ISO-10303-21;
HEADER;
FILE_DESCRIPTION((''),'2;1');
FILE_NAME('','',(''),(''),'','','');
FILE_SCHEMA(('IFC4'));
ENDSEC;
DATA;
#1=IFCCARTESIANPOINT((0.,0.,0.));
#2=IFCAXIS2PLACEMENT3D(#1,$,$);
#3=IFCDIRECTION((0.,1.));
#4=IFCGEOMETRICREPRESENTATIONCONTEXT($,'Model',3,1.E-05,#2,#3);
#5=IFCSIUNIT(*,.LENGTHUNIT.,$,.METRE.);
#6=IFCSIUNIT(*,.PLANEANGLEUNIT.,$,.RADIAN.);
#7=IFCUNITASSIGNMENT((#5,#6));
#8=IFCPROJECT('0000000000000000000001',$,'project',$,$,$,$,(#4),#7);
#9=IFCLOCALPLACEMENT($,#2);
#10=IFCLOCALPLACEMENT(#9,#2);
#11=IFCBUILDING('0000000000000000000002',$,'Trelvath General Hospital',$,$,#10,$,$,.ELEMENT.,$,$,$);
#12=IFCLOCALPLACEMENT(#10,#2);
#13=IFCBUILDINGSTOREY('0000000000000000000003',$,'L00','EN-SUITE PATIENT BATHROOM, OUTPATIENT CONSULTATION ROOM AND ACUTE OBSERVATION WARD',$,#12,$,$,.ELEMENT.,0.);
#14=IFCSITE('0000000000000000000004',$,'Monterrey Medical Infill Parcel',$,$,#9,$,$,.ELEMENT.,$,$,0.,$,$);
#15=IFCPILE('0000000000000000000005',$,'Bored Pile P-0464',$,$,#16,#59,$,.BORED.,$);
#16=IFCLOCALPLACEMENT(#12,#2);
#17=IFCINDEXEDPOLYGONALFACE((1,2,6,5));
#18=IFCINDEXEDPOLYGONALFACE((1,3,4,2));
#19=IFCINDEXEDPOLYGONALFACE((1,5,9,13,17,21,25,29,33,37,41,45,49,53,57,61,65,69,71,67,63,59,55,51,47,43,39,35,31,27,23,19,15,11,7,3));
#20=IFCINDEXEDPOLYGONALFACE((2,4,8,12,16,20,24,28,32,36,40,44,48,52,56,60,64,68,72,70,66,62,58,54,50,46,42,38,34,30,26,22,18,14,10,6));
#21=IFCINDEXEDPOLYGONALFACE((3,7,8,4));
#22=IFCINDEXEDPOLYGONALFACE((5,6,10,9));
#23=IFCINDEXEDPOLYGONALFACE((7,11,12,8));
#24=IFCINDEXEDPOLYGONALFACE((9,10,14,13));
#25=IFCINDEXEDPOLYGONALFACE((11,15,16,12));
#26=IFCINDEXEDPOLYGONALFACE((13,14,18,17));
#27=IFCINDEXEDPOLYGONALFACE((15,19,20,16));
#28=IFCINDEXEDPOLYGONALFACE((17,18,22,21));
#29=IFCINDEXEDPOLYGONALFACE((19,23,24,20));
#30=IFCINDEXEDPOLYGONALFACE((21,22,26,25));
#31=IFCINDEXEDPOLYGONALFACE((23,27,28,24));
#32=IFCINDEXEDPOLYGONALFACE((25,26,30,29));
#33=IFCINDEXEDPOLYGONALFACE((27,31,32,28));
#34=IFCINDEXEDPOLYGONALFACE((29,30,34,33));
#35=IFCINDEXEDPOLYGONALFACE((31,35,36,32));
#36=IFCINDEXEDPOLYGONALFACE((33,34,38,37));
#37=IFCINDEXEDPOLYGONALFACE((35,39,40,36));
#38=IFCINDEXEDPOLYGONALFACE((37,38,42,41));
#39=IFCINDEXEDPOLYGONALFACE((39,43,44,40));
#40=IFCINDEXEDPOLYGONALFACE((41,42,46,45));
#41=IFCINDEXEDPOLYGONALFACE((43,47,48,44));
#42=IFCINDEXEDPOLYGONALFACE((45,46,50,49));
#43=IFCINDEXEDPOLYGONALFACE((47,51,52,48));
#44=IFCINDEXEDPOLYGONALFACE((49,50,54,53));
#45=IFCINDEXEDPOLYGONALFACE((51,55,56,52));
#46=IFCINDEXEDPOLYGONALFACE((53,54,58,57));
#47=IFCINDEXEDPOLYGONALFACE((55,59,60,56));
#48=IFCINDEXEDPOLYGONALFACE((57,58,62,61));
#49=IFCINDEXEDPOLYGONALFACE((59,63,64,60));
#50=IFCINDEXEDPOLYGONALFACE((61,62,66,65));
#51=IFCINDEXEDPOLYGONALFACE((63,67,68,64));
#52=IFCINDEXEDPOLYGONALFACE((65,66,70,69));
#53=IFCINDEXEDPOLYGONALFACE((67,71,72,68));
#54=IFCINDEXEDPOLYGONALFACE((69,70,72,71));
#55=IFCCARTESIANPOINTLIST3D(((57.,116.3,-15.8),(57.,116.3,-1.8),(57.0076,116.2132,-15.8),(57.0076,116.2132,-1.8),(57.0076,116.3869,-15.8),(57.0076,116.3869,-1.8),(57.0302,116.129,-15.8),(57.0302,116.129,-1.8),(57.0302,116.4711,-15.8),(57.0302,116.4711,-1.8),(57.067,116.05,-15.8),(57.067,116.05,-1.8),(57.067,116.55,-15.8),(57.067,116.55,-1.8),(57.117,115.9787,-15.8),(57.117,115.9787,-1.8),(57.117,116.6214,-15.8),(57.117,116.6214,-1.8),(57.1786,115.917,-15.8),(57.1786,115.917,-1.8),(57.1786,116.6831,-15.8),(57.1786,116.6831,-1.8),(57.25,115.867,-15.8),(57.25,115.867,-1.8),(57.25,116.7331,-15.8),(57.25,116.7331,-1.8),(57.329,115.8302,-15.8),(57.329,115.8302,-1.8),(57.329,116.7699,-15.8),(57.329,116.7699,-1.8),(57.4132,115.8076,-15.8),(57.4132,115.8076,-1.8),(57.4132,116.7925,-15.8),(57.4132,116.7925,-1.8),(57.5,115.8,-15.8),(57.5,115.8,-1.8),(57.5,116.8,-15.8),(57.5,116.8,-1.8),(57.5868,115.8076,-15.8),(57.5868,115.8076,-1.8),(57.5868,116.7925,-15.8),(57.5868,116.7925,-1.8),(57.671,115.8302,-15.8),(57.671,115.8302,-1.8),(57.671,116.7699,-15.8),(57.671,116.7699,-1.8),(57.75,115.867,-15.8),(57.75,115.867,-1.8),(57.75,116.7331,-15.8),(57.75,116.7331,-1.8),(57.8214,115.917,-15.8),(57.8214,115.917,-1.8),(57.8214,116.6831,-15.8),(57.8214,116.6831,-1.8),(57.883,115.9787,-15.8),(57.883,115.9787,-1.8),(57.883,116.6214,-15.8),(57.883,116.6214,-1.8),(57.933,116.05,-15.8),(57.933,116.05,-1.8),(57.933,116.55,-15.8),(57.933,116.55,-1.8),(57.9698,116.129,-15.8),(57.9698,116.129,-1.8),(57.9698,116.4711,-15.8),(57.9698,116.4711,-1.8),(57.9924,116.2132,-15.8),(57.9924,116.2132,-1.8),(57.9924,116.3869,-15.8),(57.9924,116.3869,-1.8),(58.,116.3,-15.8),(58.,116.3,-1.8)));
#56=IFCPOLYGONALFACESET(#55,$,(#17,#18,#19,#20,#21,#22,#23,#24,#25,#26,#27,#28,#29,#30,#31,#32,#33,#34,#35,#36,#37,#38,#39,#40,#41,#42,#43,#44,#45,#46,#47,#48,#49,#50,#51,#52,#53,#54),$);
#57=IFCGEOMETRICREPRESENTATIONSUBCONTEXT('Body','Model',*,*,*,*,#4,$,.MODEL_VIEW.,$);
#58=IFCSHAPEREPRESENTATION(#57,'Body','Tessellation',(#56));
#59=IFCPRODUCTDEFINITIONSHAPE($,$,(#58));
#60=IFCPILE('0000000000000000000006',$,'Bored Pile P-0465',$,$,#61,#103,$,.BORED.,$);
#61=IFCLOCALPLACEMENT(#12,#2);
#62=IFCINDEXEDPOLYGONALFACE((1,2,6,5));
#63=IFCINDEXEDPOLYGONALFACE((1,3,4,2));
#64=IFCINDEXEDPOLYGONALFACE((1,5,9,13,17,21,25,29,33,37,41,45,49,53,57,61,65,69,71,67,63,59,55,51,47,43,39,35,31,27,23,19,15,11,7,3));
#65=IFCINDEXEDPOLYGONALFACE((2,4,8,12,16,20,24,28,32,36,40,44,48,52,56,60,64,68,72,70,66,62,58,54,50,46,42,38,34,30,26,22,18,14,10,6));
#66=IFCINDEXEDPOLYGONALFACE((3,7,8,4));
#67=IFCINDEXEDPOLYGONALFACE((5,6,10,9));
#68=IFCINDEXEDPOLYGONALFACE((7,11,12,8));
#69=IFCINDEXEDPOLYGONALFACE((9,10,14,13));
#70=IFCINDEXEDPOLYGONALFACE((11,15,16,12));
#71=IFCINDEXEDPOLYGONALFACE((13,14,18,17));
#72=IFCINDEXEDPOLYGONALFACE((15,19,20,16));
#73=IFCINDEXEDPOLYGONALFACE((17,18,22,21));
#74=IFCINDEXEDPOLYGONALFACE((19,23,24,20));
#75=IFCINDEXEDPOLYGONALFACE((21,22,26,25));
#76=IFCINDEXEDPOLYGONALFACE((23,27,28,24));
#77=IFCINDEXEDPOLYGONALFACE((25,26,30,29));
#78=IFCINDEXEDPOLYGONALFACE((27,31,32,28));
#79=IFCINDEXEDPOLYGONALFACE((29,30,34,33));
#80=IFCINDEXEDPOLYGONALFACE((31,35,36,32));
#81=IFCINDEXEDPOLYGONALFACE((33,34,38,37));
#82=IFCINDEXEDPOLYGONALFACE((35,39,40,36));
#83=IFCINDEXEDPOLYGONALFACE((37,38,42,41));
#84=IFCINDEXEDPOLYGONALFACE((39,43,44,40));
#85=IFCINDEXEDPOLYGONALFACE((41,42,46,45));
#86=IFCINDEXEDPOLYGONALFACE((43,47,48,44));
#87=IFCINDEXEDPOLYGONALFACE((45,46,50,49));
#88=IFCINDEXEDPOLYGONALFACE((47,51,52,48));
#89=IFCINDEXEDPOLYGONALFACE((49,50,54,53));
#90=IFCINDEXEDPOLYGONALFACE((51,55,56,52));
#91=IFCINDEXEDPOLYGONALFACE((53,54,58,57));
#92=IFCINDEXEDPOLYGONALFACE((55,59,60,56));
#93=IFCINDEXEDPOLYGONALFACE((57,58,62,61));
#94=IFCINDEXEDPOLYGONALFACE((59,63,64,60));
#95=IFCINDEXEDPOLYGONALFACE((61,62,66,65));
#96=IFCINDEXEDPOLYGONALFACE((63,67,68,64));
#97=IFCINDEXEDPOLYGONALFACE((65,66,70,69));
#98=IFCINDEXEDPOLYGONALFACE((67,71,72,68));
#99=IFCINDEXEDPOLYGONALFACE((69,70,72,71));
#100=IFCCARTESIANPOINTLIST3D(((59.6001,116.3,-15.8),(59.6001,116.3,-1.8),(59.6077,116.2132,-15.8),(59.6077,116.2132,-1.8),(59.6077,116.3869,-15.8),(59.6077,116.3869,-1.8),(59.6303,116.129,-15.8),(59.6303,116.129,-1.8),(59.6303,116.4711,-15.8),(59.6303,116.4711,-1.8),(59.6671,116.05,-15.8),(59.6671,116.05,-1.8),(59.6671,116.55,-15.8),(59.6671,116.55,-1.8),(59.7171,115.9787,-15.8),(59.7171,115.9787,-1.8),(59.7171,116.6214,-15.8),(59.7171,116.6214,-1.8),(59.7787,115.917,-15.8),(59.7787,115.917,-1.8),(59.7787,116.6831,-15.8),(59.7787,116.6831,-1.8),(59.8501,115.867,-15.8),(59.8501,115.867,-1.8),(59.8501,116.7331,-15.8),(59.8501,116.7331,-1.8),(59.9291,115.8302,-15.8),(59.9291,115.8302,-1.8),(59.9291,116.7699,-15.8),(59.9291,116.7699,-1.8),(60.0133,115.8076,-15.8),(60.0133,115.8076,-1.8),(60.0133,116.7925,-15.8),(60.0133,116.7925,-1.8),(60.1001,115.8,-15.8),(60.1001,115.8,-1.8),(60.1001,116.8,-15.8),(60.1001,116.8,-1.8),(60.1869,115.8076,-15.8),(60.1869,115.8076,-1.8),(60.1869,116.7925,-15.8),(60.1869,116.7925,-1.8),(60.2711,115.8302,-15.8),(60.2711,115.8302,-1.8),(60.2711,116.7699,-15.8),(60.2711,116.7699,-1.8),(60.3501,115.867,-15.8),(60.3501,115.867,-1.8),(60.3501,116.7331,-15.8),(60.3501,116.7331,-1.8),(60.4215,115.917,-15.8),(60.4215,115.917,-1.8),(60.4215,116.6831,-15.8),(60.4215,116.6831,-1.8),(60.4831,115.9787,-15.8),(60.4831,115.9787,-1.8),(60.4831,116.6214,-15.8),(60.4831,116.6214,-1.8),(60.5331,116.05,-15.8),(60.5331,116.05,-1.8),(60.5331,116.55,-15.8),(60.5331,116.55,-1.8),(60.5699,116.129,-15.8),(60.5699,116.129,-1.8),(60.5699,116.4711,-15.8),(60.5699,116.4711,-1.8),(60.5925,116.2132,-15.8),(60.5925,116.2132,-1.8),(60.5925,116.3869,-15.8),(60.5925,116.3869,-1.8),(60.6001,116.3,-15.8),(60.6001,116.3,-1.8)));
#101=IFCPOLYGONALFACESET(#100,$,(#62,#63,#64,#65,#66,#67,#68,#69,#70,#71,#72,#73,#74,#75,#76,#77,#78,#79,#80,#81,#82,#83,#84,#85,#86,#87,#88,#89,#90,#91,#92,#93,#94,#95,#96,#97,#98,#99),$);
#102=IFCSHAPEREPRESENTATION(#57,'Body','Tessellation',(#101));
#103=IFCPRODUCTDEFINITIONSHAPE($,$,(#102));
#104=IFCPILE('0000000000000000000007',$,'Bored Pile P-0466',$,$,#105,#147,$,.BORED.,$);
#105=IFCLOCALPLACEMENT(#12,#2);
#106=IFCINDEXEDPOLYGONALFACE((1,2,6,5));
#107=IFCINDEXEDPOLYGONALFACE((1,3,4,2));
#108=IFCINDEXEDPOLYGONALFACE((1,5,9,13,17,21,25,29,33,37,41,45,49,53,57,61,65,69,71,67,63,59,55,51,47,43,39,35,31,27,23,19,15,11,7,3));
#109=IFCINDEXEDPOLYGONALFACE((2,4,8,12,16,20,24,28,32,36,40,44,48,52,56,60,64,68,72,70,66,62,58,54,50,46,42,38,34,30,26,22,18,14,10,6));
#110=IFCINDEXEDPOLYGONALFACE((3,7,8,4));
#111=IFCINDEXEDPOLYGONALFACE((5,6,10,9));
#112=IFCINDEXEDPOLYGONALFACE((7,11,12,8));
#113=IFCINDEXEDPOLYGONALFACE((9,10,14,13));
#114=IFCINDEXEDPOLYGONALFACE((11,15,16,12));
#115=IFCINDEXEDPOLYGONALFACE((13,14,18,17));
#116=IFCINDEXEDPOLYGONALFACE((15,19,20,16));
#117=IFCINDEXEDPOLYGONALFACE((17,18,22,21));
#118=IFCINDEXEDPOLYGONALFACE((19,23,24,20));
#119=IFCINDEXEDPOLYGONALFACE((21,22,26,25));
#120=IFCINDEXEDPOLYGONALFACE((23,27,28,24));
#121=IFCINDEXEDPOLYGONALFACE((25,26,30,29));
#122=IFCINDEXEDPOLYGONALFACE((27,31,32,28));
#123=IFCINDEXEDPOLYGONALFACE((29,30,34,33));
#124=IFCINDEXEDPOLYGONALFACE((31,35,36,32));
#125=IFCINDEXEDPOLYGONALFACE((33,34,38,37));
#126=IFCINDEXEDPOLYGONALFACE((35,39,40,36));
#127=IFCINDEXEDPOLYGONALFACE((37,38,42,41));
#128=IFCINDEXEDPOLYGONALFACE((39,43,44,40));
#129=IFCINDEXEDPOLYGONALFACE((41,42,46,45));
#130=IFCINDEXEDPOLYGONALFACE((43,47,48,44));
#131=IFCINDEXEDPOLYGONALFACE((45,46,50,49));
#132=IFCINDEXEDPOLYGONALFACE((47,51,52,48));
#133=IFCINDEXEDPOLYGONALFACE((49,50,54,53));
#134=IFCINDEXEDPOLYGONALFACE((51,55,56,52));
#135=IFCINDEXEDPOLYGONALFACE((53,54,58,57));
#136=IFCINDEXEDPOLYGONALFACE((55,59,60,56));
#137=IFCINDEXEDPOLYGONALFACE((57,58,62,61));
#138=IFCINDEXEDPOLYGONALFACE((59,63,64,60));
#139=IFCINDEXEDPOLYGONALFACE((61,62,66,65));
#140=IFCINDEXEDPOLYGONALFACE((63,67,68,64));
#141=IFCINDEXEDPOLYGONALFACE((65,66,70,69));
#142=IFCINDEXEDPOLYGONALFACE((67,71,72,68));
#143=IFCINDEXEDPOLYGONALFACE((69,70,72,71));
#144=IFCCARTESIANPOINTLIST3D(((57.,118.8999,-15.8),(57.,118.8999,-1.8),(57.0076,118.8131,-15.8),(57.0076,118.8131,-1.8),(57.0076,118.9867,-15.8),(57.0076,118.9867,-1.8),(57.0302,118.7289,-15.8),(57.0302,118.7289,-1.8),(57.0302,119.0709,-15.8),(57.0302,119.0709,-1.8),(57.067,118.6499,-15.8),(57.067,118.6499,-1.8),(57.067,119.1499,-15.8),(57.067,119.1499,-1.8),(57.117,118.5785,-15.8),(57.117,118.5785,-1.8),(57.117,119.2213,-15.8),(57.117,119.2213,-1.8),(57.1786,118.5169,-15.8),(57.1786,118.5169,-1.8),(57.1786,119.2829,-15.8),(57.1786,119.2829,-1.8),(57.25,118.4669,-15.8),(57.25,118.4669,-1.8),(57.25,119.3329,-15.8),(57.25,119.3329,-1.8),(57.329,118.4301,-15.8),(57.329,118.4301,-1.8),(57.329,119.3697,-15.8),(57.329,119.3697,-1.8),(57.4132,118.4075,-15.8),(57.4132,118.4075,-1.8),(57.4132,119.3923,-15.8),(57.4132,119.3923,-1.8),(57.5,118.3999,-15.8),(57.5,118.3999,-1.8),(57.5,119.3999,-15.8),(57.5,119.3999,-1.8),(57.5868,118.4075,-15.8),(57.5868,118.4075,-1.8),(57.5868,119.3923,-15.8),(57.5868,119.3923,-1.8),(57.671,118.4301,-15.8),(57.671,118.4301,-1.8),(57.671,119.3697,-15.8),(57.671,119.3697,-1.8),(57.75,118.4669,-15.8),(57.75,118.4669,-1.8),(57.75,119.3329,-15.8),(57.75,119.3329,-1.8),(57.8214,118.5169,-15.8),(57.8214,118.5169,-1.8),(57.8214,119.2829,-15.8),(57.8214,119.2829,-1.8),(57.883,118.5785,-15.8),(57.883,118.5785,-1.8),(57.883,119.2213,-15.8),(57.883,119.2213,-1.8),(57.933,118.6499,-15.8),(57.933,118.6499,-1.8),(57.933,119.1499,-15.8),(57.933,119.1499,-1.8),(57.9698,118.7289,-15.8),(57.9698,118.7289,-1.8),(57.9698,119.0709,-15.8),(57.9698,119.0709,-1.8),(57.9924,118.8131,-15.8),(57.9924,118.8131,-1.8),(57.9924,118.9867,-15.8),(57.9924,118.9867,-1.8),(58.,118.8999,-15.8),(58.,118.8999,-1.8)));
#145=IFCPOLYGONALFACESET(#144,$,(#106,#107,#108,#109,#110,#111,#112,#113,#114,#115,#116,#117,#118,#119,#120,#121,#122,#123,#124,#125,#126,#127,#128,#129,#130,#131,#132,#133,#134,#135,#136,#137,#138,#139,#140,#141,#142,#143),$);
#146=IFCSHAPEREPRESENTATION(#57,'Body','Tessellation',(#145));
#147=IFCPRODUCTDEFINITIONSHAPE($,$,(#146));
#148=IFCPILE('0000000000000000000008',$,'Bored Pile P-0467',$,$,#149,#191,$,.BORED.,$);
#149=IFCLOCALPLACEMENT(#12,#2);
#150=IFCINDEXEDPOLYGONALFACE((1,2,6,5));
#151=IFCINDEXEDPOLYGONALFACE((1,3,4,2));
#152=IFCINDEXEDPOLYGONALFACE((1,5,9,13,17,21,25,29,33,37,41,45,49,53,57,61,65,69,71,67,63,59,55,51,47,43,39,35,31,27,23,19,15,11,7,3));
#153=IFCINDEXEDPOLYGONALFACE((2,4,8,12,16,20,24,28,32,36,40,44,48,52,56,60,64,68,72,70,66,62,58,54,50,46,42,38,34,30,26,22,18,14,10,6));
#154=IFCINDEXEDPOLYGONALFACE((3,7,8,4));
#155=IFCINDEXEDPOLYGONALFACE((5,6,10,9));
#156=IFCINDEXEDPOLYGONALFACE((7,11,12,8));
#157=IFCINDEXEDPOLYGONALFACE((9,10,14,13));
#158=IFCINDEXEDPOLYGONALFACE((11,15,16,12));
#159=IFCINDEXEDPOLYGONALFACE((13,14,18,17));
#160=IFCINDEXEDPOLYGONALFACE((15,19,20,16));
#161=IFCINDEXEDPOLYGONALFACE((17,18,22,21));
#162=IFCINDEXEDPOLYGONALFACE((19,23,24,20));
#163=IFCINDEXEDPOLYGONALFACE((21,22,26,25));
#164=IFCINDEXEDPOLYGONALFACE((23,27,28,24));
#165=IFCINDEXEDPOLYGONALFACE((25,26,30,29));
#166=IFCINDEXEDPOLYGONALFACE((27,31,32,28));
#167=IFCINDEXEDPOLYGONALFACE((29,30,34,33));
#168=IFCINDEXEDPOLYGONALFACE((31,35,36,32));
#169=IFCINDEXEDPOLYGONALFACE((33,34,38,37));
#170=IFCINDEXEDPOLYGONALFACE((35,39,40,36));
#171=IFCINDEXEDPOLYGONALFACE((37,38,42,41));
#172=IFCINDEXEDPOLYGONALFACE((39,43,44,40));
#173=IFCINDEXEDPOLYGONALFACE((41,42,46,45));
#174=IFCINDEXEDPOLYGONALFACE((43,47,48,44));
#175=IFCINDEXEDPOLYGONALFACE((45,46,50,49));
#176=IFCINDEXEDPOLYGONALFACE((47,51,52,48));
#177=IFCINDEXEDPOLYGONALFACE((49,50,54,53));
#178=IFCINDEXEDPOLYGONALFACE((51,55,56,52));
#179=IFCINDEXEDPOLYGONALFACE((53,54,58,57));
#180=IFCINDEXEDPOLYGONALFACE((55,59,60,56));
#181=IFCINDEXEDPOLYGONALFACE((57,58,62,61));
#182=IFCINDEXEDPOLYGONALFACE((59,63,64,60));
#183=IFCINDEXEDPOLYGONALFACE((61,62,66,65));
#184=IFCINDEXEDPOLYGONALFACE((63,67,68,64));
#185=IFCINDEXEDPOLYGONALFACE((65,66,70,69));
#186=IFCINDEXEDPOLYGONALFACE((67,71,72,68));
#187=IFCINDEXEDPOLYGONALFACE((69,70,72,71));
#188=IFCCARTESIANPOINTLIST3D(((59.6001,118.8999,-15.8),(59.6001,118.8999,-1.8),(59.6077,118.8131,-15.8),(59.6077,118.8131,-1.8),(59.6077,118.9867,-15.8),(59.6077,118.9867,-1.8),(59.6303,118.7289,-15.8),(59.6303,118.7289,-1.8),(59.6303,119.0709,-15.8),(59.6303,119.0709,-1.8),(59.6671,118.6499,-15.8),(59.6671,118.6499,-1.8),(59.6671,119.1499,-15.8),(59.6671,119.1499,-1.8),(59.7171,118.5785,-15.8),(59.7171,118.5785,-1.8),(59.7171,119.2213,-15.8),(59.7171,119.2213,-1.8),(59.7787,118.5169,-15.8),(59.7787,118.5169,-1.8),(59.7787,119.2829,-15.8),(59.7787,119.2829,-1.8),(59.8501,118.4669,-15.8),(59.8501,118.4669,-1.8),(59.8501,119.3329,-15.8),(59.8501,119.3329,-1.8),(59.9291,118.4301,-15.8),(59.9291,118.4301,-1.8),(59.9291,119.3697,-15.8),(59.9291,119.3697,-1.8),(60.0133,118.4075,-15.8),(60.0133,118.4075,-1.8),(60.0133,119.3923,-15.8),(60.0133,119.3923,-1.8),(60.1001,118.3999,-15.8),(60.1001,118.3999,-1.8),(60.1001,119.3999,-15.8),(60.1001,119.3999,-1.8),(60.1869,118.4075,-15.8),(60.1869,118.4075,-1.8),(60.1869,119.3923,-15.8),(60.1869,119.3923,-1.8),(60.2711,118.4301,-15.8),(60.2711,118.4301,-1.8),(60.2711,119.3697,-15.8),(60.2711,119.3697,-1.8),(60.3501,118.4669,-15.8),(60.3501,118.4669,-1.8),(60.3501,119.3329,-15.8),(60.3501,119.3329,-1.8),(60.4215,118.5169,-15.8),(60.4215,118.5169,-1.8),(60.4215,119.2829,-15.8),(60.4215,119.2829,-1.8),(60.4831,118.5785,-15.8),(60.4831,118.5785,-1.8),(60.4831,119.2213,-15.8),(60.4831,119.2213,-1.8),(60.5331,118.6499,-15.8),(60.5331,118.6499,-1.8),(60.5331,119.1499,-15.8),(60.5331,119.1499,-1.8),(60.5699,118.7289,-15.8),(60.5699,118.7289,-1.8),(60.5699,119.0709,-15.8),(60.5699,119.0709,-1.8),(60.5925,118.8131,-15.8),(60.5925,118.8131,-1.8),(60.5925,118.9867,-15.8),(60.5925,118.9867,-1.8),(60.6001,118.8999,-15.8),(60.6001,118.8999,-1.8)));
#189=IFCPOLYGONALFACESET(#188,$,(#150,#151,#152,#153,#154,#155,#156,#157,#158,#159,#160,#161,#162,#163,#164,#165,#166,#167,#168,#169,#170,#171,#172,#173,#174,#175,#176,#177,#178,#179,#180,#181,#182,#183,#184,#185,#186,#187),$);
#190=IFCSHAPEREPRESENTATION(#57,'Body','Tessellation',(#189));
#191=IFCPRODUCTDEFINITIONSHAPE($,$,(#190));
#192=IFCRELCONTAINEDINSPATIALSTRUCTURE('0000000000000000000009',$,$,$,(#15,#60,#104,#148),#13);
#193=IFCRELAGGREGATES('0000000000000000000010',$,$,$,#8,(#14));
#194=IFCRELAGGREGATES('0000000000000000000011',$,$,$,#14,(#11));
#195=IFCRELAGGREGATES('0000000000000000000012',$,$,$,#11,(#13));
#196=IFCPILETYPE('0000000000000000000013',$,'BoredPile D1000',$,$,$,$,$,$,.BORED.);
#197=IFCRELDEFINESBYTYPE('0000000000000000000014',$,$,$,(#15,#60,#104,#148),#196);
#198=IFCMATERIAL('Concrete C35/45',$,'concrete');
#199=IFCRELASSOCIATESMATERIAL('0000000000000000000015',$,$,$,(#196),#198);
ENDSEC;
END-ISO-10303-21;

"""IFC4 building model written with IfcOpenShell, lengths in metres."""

from ifc_helpers import new_model, si_unit, direction, frame, origin, origin_2d, place, context, subcontext, project, spatial, circle, extrude, material, material_profile, profile_set, type_object, element, save


model = new_model("IFC4")

# Units and contexts
model_context = context("Model", 3, precision=1e-05, world=origin(), true_north=direction((0.0, 1.0)))
body_context = subcontext(model_context, "Body", "Model", "MODEL_VIEW")
ifc_project = project(units=[si_unit("LENGTHUNIT", "METRE"), si_unit("PLANEANGLEUNIT", "RADIAN")], contexts=[model_context])

# Site, building, storey
site_placement = place(None, origin())
site = spatial("IfcSite", under=ifc_project, at=site_placement, Name="Monterrey Medical Infill Parcel", CompositionType="ELEMENT", RefElevation=0.0)
building_placement = place(site_placement, origin())
building = spatial("IfcBuilding", under=site, at=building_placement, Name="Trelvath General Hospital", CompositionType="ELEMENT")
storey_placement = place(building_placement, origin())
storey = spatial("IfcBuildingStorey", under=building, at=storey_placement, Name="L00", Description="EN-SUITE PATIENT BATHROOM, OUTPATIENT CONSULTATION ROOM AND ACUTE OBSERVATION WARD", CompositionType="ELEMENT", Elevation=0.0)

# Piles
ifc_material_1 = material(Name="Concrete C35/45", Category="concrete")
ifc_material_profile_1 = material_profile(ifc_material_1, circle(Radius=0.5, at=origin_2d()), Name="PILE1000")
ifc_profile_set_1 = profile_set([ifc_material_profile_1], Name="Concrete C35/45")
pile_type_1 = type_object("IfcPileType", Name="BoredPile D1000", PredefinedType="BORED", material=ifc_profile_set_1)
for number, where, z_axis, x_axis, name in (
    (1, (57.5, 116.3, -1.8), (0.0, 0.0, -1.0), (1.0, 0.0, 0.0), "Bored Pile P-0464"),
    (2, (60.1001, 116.3, -1.8), (0.0, 0.0, -1.0), (1.0, 0.0, 0.0), "Bored Pile P-0465"),
    (3, (57.5, 118.8999, -1.8), (0.0, 0.0, -1.0), (1.0, 0.0, 0.0), "Bored Pile P-0466"),
    (4, (60.1001, 118.8999, -1.8), (0.0, 0.0, -1.0), (1.0, 0.0, 0.0), "Bored Pile P-0467"),
):
    element("IfcPile", number, at=place(storey_placement, frame(where, z_axis=z_axis, x_axis=x_axis)), inside=storey, type_object=pile_type_1, Name=name, PredefinedType="BORED", context=body_context, shape_type="SweptSolid", body=[
        extrude(circle(Radius=0.5, at=origin_2d()), origin(), (0.0, 0.0, 1.0), 14.0),
    ])

save(model, "model.ifc")
